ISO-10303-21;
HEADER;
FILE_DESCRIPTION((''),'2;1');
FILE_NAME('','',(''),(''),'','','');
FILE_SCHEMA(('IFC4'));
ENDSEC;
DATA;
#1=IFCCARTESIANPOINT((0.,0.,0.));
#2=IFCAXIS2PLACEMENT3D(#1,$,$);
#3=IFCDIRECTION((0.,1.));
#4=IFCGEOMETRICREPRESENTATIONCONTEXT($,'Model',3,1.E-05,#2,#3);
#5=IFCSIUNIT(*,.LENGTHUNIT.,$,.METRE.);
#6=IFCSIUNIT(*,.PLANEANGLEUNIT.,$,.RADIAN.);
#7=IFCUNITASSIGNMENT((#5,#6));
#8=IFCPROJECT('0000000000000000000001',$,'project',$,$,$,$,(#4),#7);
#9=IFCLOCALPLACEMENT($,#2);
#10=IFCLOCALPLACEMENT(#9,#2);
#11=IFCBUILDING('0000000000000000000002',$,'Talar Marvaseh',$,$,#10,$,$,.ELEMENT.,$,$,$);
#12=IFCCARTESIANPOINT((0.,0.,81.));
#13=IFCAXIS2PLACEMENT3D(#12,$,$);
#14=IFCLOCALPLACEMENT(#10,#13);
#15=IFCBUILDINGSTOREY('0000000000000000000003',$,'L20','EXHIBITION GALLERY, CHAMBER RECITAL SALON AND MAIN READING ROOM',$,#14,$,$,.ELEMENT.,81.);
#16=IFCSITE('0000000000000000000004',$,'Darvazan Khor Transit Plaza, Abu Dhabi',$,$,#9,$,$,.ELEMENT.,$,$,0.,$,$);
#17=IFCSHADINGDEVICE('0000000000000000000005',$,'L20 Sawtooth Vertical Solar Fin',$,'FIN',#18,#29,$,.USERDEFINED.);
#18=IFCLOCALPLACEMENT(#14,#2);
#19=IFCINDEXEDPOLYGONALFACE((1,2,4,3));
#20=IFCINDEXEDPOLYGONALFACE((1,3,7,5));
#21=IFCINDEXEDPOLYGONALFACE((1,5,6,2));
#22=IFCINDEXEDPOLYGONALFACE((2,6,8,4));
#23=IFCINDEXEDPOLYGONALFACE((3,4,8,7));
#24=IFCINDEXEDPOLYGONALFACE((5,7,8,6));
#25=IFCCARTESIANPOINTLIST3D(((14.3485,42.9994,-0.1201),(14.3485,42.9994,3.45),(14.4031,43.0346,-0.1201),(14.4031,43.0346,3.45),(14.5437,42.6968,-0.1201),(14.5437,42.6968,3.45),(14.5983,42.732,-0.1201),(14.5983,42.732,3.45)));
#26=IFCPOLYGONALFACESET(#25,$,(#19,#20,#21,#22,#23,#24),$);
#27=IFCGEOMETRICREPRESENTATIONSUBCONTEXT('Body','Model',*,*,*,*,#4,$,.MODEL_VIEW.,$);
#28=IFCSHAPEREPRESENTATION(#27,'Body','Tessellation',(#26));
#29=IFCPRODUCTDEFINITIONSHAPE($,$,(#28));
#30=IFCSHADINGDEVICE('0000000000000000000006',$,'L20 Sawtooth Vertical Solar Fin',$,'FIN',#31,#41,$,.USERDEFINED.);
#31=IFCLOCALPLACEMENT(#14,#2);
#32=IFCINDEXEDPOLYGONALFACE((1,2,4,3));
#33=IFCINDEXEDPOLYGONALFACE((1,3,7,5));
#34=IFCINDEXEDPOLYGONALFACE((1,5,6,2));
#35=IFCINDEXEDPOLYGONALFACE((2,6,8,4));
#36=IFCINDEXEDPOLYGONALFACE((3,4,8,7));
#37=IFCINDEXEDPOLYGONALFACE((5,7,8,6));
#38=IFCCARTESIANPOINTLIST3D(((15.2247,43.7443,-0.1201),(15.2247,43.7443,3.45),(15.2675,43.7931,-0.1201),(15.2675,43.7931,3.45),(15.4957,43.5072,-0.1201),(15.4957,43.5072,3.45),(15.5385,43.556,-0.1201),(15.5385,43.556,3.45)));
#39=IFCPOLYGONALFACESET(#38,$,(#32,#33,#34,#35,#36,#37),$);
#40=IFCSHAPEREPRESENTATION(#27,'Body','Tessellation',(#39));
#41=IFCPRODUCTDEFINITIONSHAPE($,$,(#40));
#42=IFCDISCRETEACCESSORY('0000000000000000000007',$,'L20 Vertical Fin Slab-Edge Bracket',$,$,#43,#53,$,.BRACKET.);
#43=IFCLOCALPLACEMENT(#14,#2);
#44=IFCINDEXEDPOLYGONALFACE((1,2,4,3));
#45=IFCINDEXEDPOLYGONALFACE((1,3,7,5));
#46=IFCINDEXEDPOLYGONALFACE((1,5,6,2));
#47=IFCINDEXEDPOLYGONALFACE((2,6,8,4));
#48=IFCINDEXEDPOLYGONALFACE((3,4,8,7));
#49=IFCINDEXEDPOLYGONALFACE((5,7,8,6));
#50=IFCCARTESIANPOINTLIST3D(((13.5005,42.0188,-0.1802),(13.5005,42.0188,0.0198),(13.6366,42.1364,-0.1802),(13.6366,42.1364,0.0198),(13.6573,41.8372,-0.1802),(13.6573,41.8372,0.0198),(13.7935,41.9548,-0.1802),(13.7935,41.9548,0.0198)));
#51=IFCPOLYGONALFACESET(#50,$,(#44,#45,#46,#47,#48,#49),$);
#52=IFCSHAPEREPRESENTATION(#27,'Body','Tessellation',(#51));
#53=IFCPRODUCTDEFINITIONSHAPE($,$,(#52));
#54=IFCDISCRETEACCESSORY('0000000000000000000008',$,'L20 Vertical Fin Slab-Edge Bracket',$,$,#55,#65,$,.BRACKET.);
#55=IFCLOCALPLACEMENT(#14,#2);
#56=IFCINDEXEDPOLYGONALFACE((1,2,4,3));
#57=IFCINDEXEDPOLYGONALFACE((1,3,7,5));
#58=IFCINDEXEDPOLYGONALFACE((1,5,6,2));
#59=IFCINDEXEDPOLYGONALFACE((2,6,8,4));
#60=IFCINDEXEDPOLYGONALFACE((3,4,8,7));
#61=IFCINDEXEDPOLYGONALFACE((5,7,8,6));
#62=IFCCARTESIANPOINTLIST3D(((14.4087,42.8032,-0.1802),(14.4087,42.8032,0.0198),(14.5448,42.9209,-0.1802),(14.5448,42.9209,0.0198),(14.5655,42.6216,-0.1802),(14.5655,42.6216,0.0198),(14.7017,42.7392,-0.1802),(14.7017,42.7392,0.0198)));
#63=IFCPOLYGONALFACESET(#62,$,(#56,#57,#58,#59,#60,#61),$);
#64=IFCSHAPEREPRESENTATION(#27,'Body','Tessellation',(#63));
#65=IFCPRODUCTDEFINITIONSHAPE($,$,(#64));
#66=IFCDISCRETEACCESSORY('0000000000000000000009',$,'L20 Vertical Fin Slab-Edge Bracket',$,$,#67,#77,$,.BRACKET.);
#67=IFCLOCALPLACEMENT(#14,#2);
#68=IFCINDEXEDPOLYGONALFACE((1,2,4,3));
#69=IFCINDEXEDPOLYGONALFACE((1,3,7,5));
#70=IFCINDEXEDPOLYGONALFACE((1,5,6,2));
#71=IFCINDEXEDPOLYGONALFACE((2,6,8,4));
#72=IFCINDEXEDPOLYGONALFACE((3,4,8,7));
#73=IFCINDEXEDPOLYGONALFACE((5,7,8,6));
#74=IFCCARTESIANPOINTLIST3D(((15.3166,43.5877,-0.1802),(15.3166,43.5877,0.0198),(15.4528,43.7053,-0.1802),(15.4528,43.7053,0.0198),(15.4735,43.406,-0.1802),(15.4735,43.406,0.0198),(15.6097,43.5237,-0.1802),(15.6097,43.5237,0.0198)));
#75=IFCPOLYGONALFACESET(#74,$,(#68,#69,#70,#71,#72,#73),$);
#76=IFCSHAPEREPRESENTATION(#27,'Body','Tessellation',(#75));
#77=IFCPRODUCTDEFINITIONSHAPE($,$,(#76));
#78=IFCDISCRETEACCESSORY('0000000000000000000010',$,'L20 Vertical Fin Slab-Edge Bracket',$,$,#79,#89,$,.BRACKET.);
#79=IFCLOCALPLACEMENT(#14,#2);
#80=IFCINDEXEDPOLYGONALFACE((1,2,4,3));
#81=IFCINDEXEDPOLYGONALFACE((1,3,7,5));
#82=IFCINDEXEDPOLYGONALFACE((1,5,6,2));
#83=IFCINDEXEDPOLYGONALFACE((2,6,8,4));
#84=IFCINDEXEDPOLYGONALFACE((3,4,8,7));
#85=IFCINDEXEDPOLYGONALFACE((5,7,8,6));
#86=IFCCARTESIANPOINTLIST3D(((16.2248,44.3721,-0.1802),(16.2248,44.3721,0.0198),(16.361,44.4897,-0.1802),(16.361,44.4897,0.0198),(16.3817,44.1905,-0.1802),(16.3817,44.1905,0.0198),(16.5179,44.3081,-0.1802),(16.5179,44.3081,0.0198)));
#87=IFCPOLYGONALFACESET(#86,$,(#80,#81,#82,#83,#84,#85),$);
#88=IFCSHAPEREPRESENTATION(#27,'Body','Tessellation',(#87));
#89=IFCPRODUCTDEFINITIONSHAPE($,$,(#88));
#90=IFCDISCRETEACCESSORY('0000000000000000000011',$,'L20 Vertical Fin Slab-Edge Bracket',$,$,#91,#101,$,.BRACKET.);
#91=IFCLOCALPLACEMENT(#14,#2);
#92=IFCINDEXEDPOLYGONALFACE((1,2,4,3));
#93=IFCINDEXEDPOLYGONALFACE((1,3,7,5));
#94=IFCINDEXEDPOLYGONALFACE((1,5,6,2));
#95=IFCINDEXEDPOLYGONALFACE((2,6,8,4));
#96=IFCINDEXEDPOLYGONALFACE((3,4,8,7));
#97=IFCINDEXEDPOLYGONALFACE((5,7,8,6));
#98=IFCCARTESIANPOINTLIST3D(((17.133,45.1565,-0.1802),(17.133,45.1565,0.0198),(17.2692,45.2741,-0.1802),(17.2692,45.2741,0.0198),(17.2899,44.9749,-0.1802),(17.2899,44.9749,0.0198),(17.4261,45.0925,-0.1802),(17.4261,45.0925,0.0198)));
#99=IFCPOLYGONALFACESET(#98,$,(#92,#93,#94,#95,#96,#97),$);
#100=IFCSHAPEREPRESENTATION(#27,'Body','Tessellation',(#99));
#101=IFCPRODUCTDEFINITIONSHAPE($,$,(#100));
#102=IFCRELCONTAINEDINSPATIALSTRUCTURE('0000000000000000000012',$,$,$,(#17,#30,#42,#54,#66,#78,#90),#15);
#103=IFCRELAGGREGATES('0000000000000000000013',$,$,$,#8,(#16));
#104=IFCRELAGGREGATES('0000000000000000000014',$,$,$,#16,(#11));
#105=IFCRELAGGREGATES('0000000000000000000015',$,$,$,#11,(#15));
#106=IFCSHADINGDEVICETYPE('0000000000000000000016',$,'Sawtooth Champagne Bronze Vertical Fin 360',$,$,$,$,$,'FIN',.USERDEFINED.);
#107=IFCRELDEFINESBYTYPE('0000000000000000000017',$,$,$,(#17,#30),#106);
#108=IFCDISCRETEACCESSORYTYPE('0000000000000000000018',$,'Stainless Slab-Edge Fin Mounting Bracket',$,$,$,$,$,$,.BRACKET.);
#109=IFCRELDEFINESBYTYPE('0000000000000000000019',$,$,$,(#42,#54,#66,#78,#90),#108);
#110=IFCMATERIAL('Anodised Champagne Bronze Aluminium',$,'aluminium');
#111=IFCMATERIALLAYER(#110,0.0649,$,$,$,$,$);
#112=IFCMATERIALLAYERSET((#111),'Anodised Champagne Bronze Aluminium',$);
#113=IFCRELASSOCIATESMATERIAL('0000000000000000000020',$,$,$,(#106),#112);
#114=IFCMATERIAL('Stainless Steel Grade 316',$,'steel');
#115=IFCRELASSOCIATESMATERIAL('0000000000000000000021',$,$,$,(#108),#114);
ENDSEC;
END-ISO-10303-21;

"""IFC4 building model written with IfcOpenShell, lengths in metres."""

from ifc_helpers import new_model, si_unit, direction, frame, origin, origin_2d, place, context, subcontext, project, spatial, rectangle, extrude, source, transform, mapped, material, layer, layer_set, type_object, type_shapes, element, save


model = new_model("IFC4")

# Units and contexts
model_context = context("Model", 3, precision=1e-05, world=origin(), true_north=direction((0.0, 1.0)))
body_context = subcontext(model_context, "Body", "Model", "MODEL_VIEW")
ifc_project = project(units=[si_unit("LENGTHUNIT", "METRE"), si_unit("PLANEANGLEUNIT", "RADIAN")], contexts=[model_context])

# Site, building, storey
site_placement = place(None, origin())
site = spatial("IfcSite", under=ifc_project, at=site_placement, Name="Darvazan Khor Transit Plaza, Abu Dhabi", CompositionType="ELEMENT", RefElevation=0.0)
building_placement = place(site_placement, origin())
building = spatial("IfcBuilding", under=site, at=building_placement, Name="Talar Marvaseh", CompositionType="ELEMENT")
storey_placement = place(building_placement, frame((0.0, 0.0, 81.0)))
storey = spatial("IfcBuildingStorey", under=building, at=storey_placement, Name="L20", Description="EXHIBITION GALLERY, CHAMBER RECITAL SALON AND MAIN READING ROOM", CompositionType="ELEMENT", Elevation=81.0)

# Shading devices
ifc_material_1 = material(Name="Anodised Champagne Bronze Aluminium", Category="aluminium")
ifc_layer_1 = layer(ifc_material_1, 0.0649)
ifc_layer_set_1 = layer_set([ifc_layer_1], Name="Anodised Champagne Bronze Aluminium")
shading_device_type_1 = type_object("IfcShadingDeviceType", Name="Sawtooth Champagne Bronze Vertical Fin 360", ElementType="FIN", PredefinedType="USERDEFINED", material=ifc_layer_set_1)
shared_shape_1 = source(origin(), body_context, "Body", "SweptSolid", [
    extrude(rectangle(XDim=0.3601, YDim=0.0649, at=origin_2d()), origin(), (0.0, 0.0, 1.0), 3.5701),
])
type_shapes(shading_device_type_1, [shared_shape_1])
for number, where, z_axis, x_axis, name in (
    (1, (14.4734, 42.8657, -0.1201), (0.0, 0.0, 1.0), (-0.542002, 0.840377, 0.0), "L20 Sawtooth Vertical Solar Fin"),
    (2, (15.3816, 43.6501, -0.1201), (0.0, 0.0, 1.0), (-0.752645, 0.658427, 0.0), "L20 Sawtooth Vertical Solar Fin"),
):
    element("IfcShadingDevice", number, at=place(storey_placement, frame(where, z_axis=z_axis, x_axis=x_axis)), inside=storey, type_object=shading_device_type_1, Name=name, ObjectType="FIN", PredefinedType="USERDEFINED", context=body_context, shape_type="MappedRepresentation", body=[
        mapped(shared_shape_1, transform((0.0, 0.0, 0.0), x_axis=(1.0, 0.0, 0.0), y_axis=(0.0, 1.0, 0.0), z_axis=(0.0, 0.0, 1.0), scale=1.0)),
    ])

# Discrete accessories
ifc_material_2 = material(Name="Stainless Steel Grade 316", Category="steel")
discrete_accessory_type = type_object("IfcDiscreteAccessoryType", Name="Stainless Slab-Edge Fin Mounting Bracket", PredefinedType="BRACKET", material=ifc_material_2)
shared_shape_2 = source(origin(), body_context, "Body", "SweptSolid", [
    extrude(rectangle(XDim=0.24, YDim=0.1799, at=origin_2d()), origin(), (0.0, 0.0, 1.0), 0.2),
])
type_shapes(discrete_accessory_type, [shared_shape_2])
for number, where, z_axis, x_axis, name in (
    (3, (13.647, 41.9868, -0.1802), (0.0, 0.0, 1.0), (-0.653685, 0.756767, 0.0), "L20 Vertical Fin Slab-Edge Bracket"),
    (4, (14.5552, 42.7712, -0.1802), (0.0, 0.0, 1.0), (-0.653685, 0.756767, 0.0), "L20 Vertical Fin Slab-Edge Bracket"),
    (5, (15.4631, 43.5557, -0.1802), (0.0, 0.0, 1.0), (-0.653685, 0.756767, 0.0), "L20 Vertical Fin Slab-Edge Bracket"),
    (6, (16.3713, 44.3401, -0.1802), (0.0, 0.0, 1.0), (-0.653685, 0.756767, 0.0), "L20 Vertical Fin Slab-Edge Bracket"),
    (7, (17.2795, 45.1245, -0.1802), (0.0, 0.0, 1.0), (-0.653685, 0.756767, 0.0), "L20 Vertical Fin Slab-Edge Bracket"),
):
    element("IfcDiscreteAccessory", number, at=place(storey_placement, frame(where, z_axis=z_axis, x_axis=x_axis)), inside=storey, type_object=discrete_accessory_type, Name=name, PredefinedType="BRACKET", context=body_context, shape_type="MappedRepresentation", body=[
        mapped(shared_shape_2, transform((0.0, 0.0, 0.0), x_axis=(1.0, 0.0, 0.0), y_axis=(0.0, 1.0, 0.0), z_axis=(0.0, 0.0, 1.0), scale=1.0)),
    ])

save(model, "model.ifc")
